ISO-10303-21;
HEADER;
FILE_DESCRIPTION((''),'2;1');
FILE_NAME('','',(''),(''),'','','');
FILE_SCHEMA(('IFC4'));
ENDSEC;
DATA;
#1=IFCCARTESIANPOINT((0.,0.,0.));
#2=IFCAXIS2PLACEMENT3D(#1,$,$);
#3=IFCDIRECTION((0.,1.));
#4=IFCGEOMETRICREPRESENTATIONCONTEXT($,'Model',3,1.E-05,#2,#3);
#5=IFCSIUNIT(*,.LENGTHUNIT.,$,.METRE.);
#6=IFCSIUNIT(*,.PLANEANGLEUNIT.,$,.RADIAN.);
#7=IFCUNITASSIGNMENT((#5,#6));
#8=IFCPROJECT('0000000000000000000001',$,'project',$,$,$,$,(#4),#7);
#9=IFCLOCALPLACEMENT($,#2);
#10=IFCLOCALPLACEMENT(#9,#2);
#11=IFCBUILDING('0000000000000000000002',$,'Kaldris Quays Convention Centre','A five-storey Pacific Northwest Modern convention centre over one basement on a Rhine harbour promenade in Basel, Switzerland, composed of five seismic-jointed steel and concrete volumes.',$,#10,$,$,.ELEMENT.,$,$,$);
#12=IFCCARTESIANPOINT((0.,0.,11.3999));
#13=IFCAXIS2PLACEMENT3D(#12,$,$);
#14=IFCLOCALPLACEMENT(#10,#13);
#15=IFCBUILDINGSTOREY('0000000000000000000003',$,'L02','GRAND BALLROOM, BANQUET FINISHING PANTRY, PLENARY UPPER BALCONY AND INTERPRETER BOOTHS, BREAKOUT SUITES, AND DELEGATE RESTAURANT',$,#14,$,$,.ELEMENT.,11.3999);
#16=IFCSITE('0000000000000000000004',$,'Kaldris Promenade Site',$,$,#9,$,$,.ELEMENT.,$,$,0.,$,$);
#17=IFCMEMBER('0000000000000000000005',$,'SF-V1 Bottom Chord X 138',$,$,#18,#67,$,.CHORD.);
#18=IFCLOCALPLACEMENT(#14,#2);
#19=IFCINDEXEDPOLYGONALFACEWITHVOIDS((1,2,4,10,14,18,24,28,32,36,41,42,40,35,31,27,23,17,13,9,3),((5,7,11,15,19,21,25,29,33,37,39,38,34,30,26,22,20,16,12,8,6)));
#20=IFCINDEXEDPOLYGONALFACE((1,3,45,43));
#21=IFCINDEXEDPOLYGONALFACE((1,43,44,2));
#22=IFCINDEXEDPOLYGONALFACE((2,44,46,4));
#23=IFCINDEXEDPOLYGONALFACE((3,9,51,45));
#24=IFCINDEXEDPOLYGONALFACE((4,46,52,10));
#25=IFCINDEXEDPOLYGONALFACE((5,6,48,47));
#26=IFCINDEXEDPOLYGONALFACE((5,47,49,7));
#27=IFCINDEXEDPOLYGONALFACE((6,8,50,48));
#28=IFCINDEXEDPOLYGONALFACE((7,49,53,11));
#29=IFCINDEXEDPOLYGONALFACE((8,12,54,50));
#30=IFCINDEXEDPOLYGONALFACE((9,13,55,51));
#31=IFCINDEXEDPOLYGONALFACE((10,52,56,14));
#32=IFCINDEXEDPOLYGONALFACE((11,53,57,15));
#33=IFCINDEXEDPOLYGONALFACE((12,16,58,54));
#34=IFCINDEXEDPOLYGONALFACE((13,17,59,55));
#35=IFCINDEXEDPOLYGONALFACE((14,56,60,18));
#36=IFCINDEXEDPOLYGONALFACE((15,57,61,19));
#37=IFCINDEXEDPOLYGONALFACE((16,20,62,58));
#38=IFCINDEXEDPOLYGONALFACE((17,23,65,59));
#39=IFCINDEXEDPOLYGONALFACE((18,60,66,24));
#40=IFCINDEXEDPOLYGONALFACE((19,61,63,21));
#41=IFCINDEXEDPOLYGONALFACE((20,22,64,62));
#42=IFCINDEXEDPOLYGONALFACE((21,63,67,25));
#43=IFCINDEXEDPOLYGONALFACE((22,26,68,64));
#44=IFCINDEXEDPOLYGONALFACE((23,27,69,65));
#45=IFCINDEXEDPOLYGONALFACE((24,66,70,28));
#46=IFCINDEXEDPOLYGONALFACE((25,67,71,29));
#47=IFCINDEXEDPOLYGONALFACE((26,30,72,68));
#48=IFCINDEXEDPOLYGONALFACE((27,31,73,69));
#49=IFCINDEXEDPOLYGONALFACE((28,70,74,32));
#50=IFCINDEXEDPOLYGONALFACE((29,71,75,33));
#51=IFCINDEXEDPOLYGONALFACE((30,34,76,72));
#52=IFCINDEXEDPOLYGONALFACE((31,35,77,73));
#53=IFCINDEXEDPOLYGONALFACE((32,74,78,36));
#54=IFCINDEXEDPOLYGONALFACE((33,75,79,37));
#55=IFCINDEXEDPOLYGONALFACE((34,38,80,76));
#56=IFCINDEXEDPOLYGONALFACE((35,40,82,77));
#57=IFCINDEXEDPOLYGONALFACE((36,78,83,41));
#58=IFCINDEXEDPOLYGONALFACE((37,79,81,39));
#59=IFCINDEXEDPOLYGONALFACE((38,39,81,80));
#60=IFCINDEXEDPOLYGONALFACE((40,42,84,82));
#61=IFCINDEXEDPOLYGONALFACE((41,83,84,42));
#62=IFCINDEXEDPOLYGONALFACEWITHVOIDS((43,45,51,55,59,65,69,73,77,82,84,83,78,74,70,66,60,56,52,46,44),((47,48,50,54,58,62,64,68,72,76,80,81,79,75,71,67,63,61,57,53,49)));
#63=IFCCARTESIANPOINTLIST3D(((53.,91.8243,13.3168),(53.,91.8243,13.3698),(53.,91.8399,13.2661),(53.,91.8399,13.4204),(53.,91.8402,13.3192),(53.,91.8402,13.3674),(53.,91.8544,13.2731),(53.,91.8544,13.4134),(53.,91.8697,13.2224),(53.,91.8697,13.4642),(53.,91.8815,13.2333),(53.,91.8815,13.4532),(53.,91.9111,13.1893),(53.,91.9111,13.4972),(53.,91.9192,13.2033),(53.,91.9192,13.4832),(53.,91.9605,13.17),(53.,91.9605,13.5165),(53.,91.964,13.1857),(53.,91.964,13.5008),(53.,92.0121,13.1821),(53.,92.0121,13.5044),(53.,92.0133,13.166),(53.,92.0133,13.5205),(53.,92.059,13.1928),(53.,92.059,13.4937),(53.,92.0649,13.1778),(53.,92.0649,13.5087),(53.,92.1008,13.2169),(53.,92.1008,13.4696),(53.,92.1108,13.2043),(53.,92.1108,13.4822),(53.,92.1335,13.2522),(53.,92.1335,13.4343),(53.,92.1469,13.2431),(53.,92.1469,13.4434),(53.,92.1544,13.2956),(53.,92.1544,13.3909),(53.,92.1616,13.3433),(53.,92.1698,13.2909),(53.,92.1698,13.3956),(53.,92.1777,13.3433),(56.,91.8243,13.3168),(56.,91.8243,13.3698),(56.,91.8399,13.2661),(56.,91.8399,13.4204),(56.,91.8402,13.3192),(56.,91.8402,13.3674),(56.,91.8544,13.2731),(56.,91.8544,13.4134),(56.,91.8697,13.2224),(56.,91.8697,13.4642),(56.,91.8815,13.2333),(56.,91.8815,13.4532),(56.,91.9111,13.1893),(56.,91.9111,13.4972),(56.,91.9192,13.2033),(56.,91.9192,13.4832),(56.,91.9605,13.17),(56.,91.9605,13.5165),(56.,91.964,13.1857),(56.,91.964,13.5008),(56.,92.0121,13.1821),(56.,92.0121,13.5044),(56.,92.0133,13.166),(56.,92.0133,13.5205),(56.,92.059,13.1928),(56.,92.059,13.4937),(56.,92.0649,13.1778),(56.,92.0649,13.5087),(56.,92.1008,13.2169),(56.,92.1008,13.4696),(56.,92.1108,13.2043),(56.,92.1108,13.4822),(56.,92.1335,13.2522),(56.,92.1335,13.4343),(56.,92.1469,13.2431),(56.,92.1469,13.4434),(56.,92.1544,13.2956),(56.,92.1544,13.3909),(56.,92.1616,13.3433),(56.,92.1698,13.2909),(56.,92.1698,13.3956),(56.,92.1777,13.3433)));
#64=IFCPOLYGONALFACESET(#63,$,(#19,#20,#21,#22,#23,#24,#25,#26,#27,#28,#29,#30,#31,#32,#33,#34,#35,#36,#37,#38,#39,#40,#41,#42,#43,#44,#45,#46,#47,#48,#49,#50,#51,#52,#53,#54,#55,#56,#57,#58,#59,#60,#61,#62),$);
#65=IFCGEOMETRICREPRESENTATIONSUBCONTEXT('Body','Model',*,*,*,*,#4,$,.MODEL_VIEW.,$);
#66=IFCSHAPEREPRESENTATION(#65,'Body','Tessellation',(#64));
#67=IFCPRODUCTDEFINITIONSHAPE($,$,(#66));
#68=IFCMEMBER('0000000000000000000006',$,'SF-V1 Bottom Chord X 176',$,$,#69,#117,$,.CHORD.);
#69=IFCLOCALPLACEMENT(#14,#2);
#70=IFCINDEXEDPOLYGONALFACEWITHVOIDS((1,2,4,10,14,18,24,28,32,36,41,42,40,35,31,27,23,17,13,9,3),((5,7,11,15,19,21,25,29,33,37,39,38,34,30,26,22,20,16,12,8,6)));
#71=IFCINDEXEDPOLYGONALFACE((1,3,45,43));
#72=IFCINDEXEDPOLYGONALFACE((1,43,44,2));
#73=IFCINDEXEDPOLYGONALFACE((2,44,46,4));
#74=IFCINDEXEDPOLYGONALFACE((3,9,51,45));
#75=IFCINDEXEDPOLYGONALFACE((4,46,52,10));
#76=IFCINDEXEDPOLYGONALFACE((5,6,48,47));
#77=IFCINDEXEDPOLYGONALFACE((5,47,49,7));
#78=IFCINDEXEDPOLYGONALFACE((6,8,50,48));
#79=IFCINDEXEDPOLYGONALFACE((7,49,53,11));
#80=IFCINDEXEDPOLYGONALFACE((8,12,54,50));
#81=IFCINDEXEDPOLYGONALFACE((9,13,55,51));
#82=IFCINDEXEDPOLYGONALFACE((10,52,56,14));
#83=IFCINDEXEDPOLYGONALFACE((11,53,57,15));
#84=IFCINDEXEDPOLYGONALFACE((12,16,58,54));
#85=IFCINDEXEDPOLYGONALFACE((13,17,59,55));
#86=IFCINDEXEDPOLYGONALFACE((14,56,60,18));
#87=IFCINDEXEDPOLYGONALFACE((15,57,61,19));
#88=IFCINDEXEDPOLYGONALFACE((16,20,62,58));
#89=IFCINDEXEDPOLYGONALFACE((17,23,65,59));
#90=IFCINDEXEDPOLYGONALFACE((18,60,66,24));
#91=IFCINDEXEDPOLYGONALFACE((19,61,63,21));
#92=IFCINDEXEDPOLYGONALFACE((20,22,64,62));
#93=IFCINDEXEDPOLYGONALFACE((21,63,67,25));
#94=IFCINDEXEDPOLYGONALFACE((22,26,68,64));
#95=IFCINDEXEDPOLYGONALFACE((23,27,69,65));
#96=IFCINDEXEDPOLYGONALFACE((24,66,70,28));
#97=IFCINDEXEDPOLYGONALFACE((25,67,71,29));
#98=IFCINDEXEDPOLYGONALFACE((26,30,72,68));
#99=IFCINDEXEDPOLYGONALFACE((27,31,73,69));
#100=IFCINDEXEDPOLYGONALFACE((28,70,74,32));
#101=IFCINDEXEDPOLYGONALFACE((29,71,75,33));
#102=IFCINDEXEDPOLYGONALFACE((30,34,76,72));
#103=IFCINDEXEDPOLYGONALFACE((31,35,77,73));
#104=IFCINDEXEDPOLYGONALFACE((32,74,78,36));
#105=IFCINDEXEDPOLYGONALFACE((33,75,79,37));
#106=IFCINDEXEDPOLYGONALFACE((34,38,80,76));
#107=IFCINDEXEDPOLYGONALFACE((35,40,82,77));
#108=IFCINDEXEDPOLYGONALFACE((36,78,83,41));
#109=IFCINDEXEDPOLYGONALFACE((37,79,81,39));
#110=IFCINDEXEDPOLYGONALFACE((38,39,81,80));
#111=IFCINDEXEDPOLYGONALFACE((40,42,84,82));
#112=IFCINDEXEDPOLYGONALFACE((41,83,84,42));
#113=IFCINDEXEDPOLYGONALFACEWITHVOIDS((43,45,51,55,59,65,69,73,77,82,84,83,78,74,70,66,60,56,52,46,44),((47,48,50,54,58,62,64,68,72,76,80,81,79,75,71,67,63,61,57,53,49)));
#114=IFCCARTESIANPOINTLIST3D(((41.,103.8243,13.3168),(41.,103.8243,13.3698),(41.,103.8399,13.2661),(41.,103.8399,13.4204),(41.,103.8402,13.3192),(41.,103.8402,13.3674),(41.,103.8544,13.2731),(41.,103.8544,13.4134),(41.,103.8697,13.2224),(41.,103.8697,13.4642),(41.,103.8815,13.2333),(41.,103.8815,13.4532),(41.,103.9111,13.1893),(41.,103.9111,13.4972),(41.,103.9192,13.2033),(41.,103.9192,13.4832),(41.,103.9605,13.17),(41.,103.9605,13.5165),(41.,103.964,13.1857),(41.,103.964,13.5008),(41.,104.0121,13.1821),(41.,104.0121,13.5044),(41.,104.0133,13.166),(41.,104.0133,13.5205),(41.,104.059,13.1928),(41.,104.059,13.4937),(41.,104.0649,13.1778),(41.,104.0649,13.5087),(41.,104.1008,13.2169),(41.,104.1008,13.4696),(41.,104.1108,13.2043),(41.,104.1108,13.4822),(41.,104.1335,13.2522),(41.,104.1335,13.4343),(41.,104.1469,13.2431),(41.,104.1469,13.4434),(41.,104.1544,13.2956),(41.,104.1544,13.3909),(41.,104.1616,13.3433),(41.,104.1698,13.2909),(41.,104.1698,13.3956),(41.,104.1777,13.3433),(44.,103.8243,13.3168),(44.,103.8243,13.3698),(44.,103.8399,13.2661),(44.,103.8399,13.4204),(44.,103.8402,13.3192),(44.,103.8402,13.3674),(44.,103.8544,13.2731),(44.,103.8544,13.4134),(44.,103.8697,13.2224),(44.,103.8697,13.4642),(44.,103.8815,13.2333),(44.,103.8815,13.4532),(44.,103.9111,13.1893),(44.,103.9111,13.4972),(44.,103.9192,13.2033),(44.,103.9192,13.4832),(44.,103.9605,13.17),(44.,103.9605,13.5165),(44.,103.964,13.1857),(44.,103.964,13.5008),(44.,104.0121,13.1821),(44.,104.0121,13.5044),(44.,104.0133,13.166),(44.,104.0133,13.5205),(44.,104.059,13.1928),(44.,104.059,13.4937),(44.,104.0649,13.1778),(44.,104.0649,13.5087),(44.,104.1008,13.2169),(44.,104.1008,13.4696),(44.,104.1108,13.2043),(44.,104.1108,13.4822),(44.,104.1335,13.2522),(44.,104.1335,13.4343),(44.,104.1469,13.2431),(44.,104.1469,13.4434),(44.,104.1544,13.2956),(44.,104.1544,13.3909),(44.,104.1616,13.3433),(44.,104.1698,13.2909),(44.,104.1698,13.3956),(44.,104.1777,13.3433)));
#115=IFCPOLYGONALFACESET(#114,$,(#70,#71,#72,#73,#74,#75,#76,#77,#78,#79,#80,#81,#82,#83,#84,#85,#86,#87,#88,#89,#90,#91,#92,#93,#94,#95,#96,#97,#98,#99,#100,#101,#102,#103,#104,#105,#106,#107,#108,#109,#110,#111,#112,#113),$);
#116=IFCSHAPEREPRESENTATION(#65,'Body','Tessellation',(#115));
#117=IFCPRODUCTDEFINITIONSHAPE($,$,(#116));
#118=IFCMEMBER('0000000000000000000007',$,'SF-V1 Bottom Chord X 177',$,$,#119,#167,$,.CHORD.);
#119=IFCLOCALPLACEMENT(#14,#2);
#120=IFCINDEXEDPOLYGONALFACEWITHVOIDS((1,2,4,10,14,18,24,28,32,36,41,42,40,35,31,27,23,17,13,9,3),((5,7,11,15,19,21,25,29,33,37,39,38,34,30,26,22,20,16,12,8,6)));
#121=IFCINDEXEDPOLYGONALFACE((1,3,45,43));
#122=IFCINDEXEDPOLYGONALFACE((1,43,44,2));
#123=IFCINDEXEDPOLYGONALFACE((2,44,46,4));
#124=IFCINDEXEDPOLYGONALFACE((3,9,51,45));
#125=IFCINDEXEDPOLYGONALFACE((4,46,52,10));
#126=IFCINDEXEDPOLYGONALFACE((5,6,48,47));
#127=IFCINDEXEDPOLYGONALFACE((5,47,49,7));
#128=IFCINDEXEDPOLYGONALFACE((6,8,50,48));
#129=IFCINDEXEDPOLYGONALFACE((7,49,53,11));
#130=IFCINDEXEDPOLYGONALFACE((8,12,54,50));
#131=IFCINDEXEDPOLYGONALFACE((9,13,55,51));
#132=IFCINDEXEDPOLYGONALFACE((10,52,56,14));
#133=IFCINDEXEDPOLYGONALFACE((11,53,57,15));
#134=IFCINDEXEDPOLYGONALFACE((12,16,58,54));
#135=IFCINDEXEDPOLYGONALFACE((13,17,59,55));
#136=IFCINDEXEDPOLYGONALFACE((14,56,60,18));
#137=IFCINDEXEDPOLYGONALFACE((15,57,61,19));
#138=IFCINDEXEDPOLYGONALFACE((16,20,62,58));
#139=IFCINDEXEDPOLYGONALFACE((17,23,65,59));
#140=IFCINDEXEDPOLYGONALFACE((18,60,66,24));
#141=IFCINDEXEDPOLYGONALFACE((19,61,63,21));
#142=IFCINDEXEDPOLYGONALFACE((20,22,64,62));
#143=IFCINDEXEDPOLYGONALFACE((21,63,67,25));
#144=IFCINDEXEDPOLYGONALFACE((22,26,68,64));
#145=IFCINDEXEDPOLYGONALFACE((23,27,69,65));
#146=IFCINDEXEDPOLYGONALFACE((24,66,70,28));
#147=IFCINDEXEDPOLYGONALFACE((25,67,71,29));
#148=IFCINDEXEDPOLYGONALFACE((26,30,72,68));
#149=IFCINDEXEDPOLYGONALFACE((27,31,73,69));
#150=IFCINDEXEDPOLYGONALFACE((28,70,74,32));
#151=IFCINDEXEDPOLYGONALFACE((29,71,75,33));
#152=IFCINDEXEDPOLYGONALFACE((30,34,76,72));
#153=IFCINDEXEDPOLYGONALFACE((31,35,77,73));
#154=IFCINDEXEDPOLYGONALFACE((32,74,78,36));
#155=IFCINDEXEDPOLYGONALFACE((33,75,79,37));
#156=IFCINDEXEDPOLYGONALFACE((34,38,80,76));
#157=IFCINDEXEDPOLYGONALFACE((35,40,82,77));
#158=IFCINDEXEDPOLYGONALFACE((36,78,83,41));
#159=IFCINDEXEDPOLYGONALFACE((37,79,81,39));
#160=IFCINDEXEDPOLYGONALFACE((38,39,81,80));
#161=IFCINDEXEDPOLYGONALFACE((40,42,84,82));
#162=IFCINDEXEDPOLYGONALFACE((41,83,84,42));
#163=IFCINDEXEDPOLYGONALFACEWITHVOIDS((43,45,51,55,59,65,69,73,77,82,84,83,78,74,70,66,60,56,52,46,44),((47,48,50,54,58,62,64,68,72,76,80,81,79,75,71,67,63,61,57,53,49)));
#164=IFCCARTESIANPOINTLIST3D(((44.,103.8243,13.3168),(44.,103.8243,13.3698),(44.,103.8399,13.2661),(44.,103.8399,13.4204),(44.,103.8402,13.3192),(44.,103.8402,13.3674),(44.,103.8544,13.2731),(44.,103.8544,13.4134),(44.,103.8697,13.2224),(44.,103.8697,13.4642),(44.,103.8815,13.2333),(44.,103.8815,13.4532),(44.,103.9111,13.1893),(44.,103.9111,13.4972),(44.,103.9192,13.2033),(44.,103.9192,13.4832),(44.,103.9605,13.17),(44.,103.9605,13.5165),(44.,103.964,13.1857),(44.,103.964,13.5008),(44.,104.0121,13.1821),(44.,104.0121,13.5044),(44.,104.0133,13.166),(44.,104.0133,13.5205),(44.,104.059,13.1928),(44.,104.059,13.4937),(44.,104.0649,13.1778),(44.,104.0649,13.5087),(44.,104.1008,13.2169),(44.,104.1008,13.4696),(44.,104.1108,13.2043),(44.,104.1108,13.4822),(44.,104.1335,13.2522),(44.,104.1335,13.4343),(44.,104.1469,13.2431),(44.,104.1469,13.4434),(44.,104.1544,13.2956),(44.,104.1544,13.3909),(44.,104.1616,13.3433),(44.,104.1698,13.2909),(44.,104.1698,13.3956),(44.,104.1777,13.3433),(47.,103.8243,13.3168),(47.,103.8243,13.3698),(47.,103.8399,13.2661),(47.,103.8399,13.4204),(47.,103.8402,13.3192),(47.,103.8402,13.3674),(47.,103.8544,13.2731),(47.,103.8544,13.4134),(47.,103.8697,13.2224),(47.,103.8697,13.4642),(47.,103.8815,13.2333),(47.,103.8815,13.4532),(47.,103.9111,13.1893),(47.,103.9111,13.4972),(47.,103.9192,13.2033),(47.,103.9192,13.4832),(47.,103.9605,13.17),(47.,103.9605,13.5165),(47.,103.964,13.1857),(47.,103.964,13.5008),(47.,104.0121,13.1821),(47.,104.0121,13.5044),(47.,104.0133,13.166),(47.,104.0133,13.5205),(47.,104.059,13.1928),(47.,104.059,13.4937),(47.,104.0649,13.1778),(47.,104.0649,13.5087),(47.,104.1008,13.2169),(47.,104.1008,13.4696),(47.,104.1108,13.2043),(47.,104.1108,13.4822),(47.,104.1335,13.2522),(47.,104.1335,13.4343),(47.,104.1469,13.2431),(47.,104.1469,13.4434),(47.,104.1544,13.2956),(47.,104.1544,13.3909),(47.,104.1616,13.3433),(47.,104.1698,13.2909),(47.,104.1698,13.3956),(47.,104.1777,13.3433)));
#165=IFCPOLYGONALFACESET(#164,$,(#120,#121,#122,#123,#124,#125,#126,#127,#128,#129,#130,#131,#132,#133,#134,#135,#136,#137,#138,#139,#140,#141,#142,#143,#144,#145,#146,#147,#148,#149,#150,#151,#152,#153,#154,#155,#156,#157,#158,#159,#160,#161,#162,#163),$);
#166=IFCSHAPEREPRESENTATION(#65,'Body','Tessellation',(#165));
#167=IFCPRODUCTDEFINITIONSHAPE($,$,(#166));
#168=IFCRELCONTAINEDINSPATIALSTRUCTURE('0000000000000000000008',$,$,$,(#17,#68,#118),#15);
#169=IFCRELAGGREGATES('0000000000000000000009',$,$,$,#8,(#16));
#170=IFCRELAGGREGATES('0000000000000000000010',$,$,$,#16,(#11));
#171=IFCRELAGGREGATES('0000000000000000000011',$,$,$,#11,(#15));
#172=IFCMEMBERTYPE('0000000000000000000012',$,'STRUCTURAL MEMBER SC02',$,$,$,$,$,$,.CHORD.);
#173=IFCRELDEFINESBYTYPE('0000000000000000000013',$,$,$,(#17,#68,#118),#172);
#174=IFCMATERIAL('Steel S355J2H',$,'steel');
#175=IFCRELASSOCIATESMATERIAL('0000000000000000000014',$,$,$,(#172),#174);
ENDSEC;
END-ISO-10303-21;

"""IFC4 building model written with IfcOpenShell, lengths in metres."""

from ifc_helpers import new_model, si_unit, direction, frame, origin, origin_2d, place, context, subcontext, project, spatial, hollow_circle, extrude, material, material_profile, profile_set, type_object, element, save


model = new_model("IFC4")

# Units and contexts
model_context = context("Model", 3, precision=1e-05, world=origin(), true_north=direction((0.0, 1.0)))
body_context = subcontext(model_context, "Body", "Model", "MODEL_VIEW")
ifc_project = project(units=[si_unit("LENGTHUNIT", "METRE"), si_unit("PLANEANGLEUNIT", "RADIAN")], contexts=[model_context])

# Site, building, storey
site_placement = place(None, origin())
site = spatial("IfcSite", under=ifc_project, at=site_placement, Name="Kaldris Promenade Site", CompositionType="ELEMENT", RefElevation=0.0)
building_placement = place(site_placement, origin())
building = spatial("IfcBuilding", under=site, at=building_placement, Name="Kaldris Quays Convention Centre", Description="A five-storey Pacific Northwest Modern convention centre over one basement on a Rhine harbour promenade in Basel, Switzerland, composed of five seismic-jointed steel and concrete volumes.", CompositionType="ELEMENT")
storey_placement = place(building_placement, frame((0.0, 0.0, 11.3999)))
storey = spatial("IfcBuildingStorey", under=building, at=storey_placement, Name="L02", Description="GRAND BALLROOM, BANQUET FINISHING PANTRY, PLENARY UPPER BALCONY AND INTERPRETER BOOTHS, BREAKOUT SUITES, AND DELEGATE RESTAURANT", CompositionType="ELEMENT", Elevation=11.3999)

# Members
ifc_material = material(Name="Steel S355J2H", Category="steel")
ifc_material_profile_1 = material_profile(ifc_material, hollow_circle(Radius=0.1777, WallThickness=0.0161, at=origin_2d()), Name="CHS 355.6x16")
ifc_profile_set_1 = profile_set([ifc_material_profile_1], Name="Steel S355J2H")
member_type_1 = type_object("IfcMemberType", Name="STRUCTURAL MEMBER SC02", PredefinedType="CHORD", material=ifc_profile_set_1)
for number, where, z_axis, x_axis, name in (
    (1, (53.0, 92.0, 13.3433), (1.0, 0.0, 0.0), (0.0, 1.0, 0.0), "SF-V1 Bottom Chord X 138"),
    (2, (41.0, 104.0, 13.3433), (1.0, 0.0, 0.0), (0.0, 1.0, 0.0), "SF-V1 Bottom Chord X 176"),
    (3, (44.0, 104.0, 13.3433), (1.0, 0.0, 0.0), (0.0, 1.0, 0.0), "SF-V1 Bottom Chord X 177"),
):
    element("IfcMember", number, at=place(storey_placement, frame(where, z_axis=z_axis, x_axis=x_axis)), inside=storey, type_object=member_type_1, Name=name, PredefinedType="CHORD", context=body_context, shape_type="SweptSolid", body=[
        extrude(hollow_circle(Radius=0.1777, WallThickness=0.0161, at=origin_2d()), origin(), (0.0, 0.0, 1.0), 3.0),
    ])

save(model, "model.ifc")
